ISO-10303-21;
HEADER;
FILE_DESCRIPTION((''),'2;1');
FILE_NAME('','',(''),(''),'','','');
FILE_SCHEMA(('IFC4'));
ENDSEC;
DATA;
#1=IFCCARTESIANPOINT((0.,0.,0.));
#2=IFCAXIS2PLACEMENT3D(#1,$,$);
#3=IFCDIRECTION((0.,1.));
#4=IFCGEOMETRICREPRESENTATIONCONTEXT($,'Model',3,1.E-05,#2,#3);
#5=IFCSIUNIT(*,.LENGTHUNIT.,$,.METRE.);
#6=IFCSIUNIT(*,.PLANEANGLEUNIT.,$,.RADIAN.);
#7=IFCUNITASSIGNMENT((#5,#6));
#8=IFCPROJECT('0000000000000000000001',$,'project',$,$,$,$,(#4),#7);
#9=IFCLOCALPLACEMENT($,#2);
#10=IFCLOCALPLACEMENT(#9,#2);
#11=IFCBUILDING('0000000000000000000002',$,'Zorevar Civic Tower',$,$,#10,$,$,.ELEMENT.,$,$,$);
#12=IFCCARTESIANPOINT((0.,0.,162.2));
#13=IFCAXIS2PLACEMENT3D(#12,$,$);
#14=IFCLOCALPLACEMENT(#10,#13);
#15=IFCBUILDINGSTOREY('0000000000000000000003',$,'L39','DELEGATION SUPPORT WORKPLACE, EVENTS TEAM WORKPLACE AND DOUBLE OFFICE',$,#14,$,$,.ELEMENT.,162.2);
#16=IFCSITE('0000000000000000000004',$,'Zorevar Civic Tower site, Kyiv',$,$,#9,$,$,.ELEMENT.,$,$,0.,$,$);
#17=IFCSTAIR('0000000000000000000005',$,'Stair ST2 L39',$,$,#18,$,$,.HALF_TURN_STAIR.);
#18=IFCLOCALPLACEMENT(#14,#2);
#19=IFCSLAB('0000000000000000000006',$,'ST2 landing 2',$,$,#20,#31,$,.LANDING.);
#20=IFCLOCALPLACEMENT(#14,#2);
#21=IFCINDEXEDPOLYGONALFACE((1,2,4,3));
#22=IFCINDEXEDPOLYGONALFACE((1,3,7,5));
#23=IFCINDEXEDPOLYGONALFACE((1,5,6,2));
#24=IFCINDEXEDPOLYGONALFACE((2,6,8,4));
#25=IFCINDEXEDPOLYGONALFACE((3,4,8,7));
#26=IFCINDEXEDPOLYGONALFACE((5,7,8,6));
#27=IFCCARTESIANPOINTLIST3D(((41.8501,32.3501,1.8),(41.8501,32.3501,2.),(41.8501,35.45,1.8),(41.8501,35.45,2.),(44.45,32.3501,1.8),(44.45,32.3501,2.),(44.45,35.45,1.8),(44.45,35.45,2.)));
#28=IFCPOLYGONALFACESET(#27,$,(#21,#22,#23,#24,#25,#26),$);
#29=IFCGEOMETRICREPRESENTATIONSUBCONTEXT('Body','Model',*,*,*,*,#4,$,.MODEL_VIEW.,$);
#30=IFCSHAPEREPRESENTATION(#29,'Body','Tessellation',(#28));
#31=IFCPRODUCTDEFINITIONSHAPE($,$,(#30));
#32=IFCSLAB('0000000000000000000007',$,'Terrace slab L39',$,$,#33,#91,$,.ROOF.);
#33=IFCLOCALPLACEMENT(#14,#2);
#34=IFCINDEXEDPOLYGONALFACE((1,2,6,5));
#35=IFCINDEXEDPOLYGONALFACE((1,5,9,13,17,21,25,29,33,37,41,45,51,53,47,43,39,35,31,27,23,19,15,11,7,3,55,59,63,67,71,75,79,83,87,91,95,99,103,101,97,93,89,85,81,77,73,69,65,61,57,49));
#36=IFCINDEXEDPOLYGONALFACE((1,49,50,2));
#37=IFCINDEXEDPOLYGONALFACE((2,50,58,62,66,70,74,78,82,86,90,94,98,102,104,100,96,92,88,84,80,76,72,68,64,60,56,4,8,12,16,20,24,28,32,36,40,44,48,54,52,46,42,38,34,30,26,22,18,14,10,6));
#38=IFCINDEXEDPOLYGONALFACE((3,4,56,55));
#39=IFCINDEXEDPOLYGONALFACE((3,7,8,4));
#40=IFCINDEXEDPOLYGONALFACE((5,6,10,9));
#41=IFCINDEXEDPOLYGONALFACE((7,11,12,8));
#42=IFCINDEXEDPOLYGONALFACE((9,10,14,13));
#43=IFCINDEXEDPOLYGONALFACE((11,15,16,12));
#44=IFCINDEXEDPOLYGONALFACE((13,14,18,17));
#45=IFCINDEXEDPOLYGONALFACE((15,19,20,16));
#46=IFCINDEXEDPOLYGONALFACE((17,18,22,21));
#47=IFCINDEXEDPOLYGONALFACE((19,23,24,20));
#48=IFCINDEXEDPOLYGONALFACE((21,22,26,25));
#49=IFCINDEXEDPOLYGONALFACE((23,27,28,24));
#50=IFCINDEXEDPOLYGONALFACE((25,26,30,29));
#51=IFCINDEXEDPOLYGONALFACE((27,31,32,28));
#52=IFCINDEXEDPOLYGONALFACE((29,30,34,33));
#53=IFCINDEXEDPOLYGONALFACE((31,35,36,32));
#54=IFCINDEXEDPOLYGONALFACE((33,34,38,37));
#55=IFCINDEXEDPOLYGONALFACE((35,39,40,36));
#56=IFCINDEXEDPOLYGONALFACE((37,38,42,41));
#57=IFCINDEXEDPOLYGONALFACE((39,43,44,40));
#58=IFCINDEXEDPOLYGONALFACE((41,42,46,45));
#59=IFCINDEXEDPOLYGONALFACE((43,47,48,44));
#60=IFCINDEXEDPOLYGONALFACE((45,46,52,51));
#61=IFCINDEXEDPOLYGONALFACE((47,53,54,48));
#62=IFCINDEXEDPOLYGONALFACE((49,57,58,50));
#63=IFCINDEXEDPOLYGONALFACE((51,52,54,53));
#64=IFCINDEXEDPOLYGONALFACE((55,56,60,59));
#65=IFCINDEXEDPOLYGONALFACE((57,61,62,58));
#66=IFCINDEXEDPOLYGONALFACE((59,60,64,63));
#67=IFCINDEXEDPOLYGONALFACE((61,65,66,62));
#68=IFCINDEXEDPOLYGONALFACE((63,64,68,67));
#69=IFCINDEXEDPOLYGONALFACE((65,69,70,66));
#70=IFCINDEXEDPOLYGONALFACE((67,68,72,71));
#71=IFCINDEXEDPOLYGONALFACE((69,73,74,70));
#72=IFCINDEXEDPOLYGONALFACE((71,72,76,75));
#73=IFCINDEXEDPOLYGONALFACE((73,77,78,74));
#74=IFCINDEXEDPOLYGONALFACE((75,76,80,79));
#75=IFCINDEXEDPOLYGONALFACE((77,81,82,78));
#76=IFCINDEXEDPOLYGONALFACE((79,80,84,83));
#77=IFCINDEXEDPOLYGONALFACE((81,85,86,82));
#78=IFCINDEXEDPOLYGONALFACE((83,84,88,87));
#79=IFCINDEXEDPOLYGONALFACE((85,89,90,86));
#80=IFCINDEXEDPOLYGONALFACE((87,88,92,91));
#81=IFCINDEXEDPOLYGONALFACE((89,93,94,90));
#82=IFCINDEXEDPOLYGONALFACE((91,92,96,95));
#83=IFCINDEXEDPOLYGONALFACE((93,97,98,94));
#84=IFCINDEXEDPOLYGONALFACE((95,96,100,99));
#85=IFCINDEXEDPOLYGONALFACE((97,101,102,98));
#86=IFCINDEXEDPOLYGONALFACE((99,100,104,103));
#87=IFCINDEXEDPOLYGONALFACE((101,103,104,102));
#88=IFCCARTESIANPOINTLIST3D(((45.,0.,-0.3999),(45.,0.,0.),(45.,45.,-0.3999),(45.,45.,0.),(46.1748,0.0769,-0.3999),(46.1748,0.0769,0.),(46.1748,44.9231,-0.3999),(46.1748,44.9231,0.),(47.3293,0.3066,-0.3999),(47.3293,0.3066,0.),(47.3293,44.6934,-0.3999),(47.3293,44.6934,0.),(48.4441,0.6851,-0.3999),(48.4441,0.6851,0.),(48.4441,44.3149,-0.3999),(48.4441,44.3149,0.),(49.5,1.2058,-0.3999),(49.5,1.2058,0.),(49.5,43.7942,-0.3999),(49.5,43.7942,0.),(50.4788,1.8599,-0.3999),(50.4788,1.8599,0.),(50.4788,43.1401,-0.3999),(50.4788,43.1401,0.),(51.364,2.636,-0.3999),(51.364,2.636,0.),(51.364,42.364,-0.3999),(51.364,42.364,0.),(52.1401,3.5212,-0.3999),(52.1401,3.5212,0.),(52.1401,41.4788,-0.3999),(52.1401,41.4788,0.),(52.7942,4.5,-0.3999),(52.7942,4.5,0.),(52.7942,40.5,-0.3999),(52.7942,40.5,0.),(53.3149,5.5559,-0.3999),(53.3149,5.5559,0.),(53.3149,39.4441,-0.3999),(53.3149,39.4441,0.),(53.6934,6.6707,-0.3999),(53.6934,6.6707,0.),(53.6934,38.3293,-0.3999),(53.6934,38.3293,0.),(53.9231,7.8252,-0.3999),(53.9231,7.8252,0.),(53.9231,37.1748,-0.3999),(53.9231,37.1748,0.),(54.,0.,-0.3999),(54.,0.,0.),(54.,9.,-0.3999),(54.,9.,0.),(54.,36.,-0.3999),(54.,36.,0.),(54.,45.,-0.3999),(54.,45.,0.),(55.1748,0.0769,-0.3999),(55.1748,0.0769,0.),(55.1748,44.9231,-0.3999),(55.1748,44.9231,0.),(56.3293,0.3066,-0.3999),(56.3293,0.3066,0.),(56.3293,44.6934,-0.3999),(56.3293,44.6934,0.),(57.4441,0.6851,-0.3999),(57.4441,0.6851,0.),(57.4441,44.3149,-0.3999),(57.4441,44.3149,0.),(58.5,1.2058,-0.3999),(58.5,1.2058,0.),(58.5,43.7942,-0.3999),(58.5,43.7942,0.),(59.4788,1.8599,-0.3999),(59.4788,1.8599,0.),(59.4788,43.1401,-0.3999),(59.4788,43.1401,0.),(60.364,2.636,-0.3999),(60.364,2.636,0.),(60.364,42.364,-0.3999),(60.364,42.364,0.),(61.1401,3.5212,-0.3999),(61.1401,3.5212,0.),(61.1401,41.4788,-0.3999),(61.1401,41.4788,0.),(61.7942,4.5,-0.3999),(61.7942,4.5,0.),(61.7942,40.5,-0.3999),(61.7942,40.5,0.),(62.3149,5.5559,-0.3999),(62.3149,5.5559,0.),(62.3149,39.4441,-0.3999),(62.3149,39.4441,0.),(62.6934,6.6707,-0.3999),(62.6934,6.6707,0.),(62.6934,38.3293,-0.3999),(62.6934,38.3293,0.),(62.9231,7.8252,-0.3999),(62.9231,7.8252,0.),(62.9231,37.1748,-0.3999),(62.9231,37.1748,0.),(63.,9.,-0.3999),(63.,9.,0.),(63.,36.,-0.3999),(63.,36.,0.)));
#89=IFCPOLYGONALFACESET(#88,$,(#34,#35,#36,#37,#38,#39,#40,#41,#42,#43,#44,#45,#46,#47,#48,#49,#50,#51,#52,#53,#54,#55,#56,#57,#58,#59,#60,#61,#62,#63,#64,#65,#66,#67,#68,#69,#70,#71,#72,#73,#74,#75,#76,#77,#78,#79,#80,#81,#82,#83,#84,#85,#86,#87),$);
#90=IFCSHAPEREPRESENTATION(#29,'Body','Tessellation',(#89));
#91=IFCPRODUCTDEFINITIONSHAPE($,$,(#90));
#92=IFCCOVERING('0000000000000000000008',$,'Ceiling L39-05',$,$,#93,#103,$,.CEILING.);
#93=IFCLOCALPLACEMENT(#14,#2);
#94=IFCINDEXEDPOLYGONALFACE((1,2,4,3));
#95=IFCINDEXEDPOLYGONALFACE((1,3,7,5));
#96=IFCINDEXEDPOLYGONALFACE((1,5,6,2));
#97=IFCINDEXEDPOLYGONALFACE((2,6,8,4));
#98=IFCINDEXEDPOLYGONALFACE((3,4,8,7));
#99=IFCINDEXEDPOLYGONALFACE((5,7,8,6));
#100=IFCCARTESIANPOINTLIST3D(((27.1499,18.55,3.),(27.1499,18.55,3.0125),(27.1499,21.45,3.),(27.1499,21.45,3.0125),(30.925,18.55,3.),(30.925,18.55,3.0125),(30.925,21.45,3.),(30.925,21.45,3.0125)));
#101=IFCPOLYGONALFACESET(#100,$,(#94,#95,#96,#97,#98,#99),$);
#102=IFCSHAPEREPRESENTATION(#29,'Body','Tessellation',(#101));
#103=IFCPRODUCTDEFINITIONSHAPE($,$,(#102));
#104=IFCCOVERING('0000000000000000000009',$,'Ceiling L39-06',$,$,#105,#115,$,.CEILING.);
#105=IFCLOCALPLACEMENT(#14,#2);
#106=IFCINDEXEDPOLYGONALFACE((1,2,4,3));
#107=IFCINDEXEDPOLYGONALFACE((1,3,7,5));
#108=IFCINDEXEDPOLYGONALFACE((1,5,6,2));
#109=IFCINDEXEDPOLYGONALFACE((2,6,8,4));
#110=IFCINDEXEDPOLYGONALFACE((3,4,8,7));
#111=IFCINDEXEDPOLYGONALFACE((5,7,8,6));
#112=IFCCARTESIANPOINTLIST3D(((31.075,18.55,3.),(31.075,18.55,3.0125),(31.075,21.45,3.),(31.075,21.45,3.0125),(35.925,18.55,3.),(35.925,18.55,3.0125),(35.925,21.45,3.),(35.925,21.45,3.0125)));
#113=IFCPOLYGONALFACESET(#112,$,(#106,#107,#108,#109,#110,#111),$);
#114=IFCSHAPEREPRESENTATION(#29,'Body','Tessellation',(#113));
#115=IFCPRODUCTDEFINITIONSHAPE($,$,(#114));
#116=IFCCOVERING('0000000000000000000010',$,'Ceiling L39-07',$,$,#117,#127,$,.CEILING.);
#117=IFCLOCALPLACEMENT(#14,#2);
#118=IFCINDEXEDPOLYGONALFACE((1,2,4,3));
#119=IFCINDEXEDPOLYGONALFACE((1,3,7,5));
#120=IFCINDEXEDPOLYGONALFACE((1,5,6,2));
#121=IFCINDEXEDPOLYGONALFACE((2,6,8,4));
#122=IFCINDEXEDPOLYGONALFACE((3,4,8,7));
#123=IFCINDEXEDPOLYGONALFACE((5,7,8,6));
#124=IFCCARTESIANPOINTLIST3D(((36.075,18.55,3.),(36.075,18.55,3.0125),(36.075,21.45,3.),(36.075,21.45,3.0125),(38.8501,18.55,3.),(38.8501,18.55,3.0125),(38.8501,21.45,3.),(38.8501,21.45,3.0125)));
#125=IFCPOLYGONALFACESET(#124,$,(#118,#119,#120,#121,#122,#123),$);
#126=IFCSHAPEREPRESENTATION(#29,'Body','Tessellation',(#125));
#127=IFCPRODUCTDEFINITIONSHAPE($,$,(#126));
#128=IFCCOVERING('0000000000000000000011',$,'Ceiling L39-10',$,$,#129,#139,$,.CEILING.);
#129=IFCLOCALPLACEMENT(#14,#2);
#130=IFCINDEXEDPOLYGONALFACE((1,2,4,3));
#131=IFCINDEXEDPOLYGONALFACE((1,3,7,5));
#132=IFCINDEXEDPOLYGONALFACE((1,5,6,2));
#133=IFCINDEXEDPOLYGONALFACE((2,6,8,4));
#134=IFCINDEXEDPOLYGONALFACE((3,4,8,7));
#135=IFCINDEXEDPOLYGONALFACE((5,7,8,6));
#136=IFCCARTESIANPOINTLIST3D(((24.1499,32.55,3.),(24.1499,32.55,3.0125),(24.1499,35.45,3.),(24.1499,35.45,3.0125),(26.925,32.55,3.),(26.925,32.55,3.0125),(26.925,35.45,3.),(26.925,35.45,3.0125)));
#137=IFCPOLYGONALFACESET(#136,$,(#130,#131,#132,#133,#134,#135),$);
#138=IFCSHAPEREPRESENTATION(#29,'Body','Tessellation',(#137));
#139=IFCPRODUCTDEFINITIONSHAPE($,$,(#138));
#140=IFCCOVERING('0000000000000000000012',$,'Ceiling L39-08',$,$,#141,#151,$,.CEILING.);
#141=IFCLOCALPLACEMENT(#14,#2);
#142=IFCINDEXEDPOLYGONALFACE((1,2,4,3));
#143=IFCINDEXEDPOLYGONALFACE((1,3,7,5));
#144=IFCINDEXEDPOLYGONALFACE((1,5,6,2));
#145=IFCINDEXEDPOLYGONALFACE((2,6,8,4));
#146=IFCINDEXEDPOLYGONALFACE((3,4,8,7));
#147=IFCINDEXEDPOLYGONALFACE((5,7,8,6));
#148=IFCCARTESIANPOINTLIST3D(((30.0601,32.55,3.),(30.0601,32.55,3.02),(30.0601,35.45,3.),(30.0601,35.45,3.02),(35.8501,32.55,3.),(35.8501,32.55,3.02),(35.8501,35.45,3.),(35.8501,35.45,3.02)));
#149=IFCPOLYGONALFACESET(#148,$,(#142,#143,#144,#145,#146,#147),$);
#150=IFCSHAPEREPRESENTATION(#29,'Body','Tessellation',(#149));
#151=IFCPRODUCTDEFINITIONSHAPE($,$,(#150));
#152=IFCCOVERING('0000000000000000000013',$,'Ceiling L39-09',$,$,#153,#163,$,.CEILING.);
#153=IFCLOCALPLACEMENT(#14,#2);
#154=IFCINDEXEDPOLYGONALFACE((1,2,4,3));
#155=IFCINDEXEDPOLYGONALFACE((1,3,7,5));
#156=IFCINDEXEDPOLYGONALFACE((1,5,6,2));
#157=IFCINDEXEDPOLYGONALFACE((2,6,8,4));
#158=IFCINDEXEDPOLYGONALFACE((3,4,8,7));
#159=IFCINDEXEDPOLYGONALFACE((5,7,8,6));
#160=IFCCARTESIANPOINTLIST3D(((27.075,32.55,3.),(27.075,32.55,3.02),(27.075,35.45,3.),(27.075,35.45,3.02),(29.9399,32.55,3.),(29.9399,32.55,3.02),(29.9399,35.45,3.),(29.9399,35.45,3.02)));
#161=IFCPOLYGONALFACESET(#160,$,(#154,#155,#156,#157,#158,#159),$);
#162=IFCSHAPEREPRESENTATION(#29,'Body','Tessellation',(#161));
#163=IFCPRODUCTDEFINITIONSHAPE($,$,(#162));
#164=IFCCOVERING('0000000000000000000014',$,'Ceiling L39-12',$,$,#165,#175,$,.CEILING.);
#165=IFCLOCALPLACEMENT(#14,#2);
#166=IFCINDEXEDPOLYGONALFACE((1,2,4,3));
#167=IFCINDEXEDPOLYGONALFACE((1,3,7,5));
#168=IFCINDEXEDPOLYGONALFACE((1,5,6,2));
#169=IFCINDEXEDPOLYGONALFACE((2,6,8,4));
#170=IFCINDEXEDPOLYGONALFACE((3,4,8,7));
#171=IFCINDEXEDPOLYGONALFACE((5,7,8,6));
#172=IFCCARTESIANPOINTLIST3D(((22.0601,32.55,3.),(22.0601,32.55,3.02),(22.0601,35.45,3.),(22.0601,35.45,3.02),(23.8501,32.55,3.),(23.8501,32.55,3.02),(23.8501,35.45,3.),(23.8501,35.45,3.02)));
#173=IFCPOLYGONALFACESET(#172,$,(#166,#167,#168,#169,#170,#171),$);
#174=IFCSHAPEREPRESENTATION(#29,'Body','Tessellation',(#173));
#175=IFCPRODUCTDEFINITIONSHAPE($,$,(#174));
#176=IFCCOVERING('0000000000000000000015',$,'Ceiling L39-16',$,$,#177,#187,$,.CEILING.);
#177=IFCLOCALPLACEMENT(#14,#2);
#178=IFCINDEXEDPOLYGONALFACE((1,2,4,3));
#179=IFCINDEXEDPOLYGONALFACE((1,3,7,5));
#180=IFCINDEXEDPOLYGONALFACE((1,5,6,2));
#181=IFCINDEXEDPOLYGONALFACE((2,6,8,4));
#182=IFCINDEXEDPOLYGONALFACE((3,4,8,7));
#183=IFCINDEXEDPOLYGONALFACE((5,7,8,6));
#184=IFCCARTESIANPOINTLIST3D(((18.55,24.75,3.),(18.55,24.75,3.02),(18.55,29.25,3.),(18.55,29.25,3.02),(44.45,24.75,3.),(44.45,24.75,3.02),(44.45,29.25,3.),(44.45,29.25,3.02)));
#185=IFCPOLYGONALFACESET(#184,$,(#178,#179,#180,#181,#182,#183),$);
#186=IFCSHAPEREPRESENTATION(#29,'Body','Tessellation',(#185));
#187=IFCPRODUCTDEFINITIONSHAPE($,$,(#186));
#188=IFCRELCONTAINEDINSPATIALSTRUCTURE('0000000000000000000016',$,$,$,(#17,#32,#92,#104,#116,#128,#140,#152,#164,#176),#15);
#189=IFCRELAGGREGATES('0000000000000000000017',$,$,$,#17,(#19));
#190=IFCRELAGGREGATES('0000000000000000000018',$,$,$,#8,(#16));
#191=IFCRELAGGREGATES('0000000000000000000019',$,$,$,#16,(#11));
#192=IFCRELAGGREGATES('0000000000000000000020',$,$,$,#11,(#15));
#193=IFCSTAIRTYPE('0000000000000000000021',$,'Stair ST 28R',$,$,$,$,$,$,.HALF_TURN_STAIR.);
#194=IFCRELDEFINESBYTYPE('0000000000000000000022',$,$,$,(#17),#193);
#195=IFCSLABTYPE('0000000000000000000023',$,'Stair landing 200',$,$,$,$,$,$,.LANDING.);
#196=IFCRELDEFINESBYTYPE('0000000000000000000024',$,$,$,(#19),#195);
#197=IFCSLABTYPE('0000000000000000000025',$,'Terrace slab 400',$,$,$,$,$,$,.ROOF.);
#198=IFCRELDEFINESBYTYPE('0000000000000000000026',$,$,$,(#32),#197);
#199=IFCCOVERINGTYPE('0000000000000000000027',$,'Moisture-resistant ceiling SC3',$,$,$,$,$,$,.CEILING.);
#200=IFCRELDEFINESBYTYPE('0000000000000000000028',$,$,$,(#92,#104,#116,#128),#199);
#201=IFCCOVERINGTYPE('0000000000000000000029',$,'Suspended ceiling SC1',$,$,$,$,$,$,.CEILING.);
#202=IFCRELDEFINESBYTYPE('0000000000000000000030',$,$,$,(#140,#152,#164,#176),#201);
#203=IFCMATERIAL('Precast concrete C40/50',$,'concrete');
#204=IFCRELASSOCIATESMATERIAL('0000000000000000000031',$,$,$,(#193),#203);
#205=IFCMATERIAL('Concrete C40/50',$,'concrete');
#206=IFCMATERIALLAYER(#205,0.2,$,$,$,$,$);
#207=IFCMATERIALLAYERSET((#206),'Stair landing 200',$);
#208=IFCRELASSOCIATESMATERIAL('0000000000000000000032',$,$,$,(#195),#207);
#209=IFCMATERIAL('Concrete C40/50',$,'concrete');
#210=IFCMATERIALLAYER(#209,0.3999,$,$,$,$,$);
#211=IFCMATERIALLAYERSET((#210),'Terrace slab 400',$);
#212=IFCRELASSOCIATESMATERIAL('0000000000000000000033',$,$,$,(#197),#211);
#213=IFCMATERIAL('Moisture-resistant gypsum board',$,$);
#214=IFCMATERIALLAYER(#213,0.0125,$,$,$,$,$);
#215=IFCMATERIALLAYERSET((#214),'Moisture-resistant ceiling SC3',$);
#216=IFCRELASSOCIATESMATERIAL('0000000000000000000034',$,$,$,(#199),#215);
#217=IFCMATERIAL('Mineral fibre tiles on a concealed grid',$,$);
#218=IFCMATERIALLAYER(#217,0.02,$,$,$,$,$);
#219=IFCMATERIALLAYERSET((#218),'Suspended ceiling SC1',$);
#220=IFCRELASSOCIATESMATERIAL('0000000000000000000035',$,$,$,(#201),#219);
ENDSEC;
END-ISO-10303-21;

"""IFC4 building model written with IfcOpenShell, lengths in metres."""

from ifc_helpers import new_model, si_unit, direction, frame, origin, place, context, subcontext, project, spatial, polyline, outline, extrude, material, layer, layer_set, type_object, element, aggregate, save


model = new_model("IFC4")

# Units and contexts
model_context = context("Model", 3, precision=1e-05, world=origin(), true_north=direction((0.0, 1.0)))
body_context = subcontext(model_context, "Body", "Model", "MODEL_VIEW")
ifc_project = project(units=[si_unit("LENGTHUNIT", "METRE"), si_unit("PLANEANGLEUNIT", "RADIAN")], contexts=[model_context])

# Site, building, storey
site_placement = place(None, origin())
site = spatial("IfcSite", under=ifc_project, at=site_placement, Name="Zorevar Civic Tower site, Kyiv", CompositionType="ELEMENT", RefElevation=0.0)
building_placement = place(site_placement, origin())
building = spatial("IfcBuilding", under=site, at=building_placement, Name="Zorevar Civic Tower", CompositionType="ELEMENT")
storey_placement = place(building_placement, frame((0.0, 0.0, 162.2)))
storey = spatial("IfcBuildingStorey", under=building, at=storey_placement, Name="L39", Description="DELEGATION SUPPORT WORKPLACE, EVENTS TEAM WORKPLACE AND DOUBLE OFFICE", CompositionType="ELEMENT", Elevation=162.2)

# Stair, slab
ifc_material_1 = material(Name="Precast concrete C40/50", Category="concrete")
stair_type = type_object("IfcStairType", Name="Stair ST 28R", PredefinedType="HALF_TURN_STAIR", material=ifc_material_1)
ifc_material_2 = material(Name="Concrete C40/50", Category="concrete")
ifc_layer_1 = layer(ifc_material_2, 0.2)
ifc_layer_set_1 = layer_set([ifc_layer_1], Name="Stair landing 200")
slab_type_1 = type_object("IfcSlabType", Name="Stair landing 200", PredefinedType="LANDING", material=ifc_layer_set_1)
stair_1_placement = place(storey_placement, origin())
stair_1 = element("IfcStair", 1, at=stair_1_placement, inside=storey, type_object=stair_type, Name="Stair ST2 L39", PredefinedType="HALF_TURN_STAIR")
slab_1_placement = place(storey_placement, frame((0.0, 0.0, 1.8)))
slab_1 = element("IfcSlab", 2, at=slab_1_placement, type_object=slab_type_1, Name="ST2 landing 2", PredefinedType="LANDING", context=body_context, shape_type="SweptSolid", body=[
    extrude(outline(polyline([(44.45, 32.3501), (41.8501, 32.3501), (41.8501, 35.45), (44.45, 35.45), (44.45, 32.3501)])), origin(), (0.0, 0.0, 1.0), 0.2),
])
aggregate(stair_1, [slab_1])

# Slab
ifc_material_3 = material(Name="Concrete C40/50", Category="concrete")
ifc_layer_2 = layer(ifc_material_3, 0.3999)
ifc_layer_set_2 = layer_set([ifc_layer_2], Name="Terrace slab 400")
slab_type_2 = type_object("IfcSlabType", Name="Terrace slab 400", PredefinedType="ROOF", material=ifc_layer_set_2)
slab_2_placement = place(storey_placement, frame((0.0, 0.0, -0.3999)))
element("IfcSlab", 3, at=slab_2_placement, inside=storey, type_object=slab_type_2, Name="Terrace slab L39", PredefinedType="ROOF", context=body_context, shape_type="SweptSolid", body=[
    extrude(outline(polyline([(54.0, 45.0), (55.1748, 44.9231), (56.3293, 44.6934), (57.4441, 44.3149), (58.5, 43.7942), (59.4788, 43.1401), (60.364, 42.364), (61.1401, 41.4788), (61.7942, 40.5), (62.3149, 39.4441), (62.6934, 38.3293), (62.9231, 37.1748), (63.0, 36.0), (63.0, 9.0), (62.9231, 7.8252), (62.6934, 6.6707), (62.3149, 5.5559), (61.7942, 4.5), (61.1401, 3.5212), (60.364, 2.636), (59.4788, 1.8599), (58.5, 1.2058), (57.4441, 0.6851), (56.3293, 0.3066), (55.1748, 0.0769), (54.0, 0.0), (45.0, 0.0), (46.1748, 0.0769), (47.3293, 0.3066), (48.4441, 0.6851), (49.5, 1.2058), (50.4788, 1.8599), (51.364, 2.636), (52.1401, 3.5212), (52.7942, 4.5), (53.3149, 5.5559), (53.6934, 6.6707), (53.9231, 7.8252), (54.0, 9.0), (54.0, 36.0), (53.9231, 37.1748), (53.6934, 38.3293), (53.3149, 39.4441), (52.7942, 40.5), (52.1401, 41.4788), (51.364, 42.364), (50.4788, 43.1401), (49.5, 43.7942), (48.4441, 44.3149), (47.3293, 44.6934), (46.1748, 44.9231), (45.0, 45.0), (54.0, 45.0)])), origin(), (0.0, 0.0, 1.0), 0.3999),
])

# Coverings
ifc_material_4 = material(Name="Moisture-resistant gypsum board")
ifc_layer_3 = layer(ifc_material_4, 0.0125)
ifc_layer_set_3 = layer_set([ifc_layer_3], Name="Moisture-resistant ceiling SC3")
covering_type_1 = type_object("IfcCoveringType", Name="Moisture-resistant ceiling SC3", PredefinedType="CEILING", material=ifc_layer_set_3)
covering_1_placement = place(storey_placement, frame((0.0, 0.0, 3.0)))
element("IfcCovering", 4, at=covering_1_placement, inside=storey, type_object=covering_type_1, Name="Ceiling L39-05", PredefinedType="CEILING", context=body_context, shape_type="SweptSolid", body=[
    extrude(outline(polyline([(30.925, 18.55), (30.925, 21.45), (27.1499, 21.45), (27.1499, 18.55), (30.925, 18.55)])), origin(), (0.0, 0.0, 1.0), 0.0125),
])
covering_2_placement = place(storey_placement, frame((0.0, 0.0, 3.0)))
element("IfcCovering", 5, at=covering_2_placement, inside=storey, type_object=covering_type_1, Name="Ceiling L39-06", PredefinedType="CEILING", context=body_context, shape_type="SweptSolid", body=[
    extrude(outline(polyline([(35.925, 18.55), (35.925, 21.45), (31.075, 21.45), (31.075, 18.55), (35.925, 18.55)])), origin(), (0.0, 0.0, 1.0), 0.0125),
])
covering_3_placement = place(storey_placement, frame((0.0, 0.0, 3.0)))
element("IfcCovering", 6, at=covering_3_placement, inside=storey, type_object=covering_type_1, Name="Ceiling L39-07", PredefinedType="CEILING", context=body_context, shape_type="SweptSolid", body=[
    extrude(outline(polyline([(38.8501, 18.55), (38.8501, 21.45), (36.075, 21.45), (36.075, 18.55), (38.8501, 18.55)])), origin(), (0.0, 0.0, 1.0), 0.0125),
])
covering_4_placement = place(storey_placement, frame((0.0, 0.0, 3.0)))
element("IfcCovering", 7, at=covering_4_placement, inside=storey, type_object=covering_type_1, Name="Ceiling L39-10", PredefinedType="CEILING", context=body_context, shape_type="SweptSolid", body=[
    extrude(outline(polyline([(26.925, 32.55), (26.925, 35.45), (24.1499, 35.45), (24.1499, 32.55), (26.925, 32.55)])), origin(), (0.0, 0.0, 1.0), 0.0125),
])
ifc_material_5 = material(Name="Mineral fibre tiles on a concealed grid")
ifc_layer_4 = layer(ifc_material_5, 0.02)
ifc_layer_set_4 = layer_set([ifc_layer_4], Name="Suspended ceiling SC1")
covering_type_2 = type_object("IfcCoveringType", Name="Suspended ceiling SC1", PredefinedType="CEILING", material=ifc_layer_set_4)
covering_5_placement = place(storey_placement, frame((0.0, 0.0, 3.0)))
element("IfcCovering", 8, at=covering_5_placement, inside=storey, type_object=covering_type_2, Name="Ceiling L39-08", PredefinedType="CEILING", context=body_context, shape_type="SweptSolid", body=[
    extrude(outline(polyline([(35.8501, 32.55), (35.8501, 35.45), (30.0601, 35.45), (30.0601, 32.55), (35.8501, 32.55)])), origin(), (0.0, 0.0, 1.0), 0.02),
])
covering_6_placement = place(storey_placement, frame((0.0, 0.0, 3.0)))
element("IfcCovering", 9, at=covering_6_placement, inside=storey, type_object=covering_type_2, Name="Ceiling L39-09", PredefinedType="CEILING", context=body_context, shape_type="SweptSolid", body=[
    extrude(outline(polyline([(29.9399, 32.55), (29.9399, 35.45), (27.075, 35.45), (27.075, 32.55), (29.9399, 32.55)])), origin(), (0.0, 0.0, 1.0), 0.02),
])
covering_7_placement = place(storey_placement, frame((0.0, 0.0, 3.0)))
element("IfcCovering", 10, at=covering_7_placement, inside=storey, type_object=covering_type_2, Name="Ceiling L39-12", PredefinedType="CEILING", context=body_context, shape_type="SweptSolid", body=[
    extrude(outline(polyline([(23.8501, 32.55), (23.8501, 35.45), (22.0601, 35.45), (22.0601, 32.55), (23.8501, 32.55)])), origin(), (0.0, 0.0, 1.0), 0.02),
])
covering_8_placement = place(storey_placement, frame((0.0, 0.0, 3.0)))
element("IfcCovering", 11, at=covering_8_placement, inside=storey, type_object=covering_type_2, Name="Ceiling L39-16", PredefinedType="CEILING", context=body_context, shape_type="SweptSolid", body=[
    extrude(outline(polyline([(44.45, 24.75), (44.45, 29.25), (18.55, 29.25), (18.55, 24.75), (44.45, 24.75)])), origin(), (0.0, 0.0, 1.0), 0.02),
])

save(model, "model.ifc")
